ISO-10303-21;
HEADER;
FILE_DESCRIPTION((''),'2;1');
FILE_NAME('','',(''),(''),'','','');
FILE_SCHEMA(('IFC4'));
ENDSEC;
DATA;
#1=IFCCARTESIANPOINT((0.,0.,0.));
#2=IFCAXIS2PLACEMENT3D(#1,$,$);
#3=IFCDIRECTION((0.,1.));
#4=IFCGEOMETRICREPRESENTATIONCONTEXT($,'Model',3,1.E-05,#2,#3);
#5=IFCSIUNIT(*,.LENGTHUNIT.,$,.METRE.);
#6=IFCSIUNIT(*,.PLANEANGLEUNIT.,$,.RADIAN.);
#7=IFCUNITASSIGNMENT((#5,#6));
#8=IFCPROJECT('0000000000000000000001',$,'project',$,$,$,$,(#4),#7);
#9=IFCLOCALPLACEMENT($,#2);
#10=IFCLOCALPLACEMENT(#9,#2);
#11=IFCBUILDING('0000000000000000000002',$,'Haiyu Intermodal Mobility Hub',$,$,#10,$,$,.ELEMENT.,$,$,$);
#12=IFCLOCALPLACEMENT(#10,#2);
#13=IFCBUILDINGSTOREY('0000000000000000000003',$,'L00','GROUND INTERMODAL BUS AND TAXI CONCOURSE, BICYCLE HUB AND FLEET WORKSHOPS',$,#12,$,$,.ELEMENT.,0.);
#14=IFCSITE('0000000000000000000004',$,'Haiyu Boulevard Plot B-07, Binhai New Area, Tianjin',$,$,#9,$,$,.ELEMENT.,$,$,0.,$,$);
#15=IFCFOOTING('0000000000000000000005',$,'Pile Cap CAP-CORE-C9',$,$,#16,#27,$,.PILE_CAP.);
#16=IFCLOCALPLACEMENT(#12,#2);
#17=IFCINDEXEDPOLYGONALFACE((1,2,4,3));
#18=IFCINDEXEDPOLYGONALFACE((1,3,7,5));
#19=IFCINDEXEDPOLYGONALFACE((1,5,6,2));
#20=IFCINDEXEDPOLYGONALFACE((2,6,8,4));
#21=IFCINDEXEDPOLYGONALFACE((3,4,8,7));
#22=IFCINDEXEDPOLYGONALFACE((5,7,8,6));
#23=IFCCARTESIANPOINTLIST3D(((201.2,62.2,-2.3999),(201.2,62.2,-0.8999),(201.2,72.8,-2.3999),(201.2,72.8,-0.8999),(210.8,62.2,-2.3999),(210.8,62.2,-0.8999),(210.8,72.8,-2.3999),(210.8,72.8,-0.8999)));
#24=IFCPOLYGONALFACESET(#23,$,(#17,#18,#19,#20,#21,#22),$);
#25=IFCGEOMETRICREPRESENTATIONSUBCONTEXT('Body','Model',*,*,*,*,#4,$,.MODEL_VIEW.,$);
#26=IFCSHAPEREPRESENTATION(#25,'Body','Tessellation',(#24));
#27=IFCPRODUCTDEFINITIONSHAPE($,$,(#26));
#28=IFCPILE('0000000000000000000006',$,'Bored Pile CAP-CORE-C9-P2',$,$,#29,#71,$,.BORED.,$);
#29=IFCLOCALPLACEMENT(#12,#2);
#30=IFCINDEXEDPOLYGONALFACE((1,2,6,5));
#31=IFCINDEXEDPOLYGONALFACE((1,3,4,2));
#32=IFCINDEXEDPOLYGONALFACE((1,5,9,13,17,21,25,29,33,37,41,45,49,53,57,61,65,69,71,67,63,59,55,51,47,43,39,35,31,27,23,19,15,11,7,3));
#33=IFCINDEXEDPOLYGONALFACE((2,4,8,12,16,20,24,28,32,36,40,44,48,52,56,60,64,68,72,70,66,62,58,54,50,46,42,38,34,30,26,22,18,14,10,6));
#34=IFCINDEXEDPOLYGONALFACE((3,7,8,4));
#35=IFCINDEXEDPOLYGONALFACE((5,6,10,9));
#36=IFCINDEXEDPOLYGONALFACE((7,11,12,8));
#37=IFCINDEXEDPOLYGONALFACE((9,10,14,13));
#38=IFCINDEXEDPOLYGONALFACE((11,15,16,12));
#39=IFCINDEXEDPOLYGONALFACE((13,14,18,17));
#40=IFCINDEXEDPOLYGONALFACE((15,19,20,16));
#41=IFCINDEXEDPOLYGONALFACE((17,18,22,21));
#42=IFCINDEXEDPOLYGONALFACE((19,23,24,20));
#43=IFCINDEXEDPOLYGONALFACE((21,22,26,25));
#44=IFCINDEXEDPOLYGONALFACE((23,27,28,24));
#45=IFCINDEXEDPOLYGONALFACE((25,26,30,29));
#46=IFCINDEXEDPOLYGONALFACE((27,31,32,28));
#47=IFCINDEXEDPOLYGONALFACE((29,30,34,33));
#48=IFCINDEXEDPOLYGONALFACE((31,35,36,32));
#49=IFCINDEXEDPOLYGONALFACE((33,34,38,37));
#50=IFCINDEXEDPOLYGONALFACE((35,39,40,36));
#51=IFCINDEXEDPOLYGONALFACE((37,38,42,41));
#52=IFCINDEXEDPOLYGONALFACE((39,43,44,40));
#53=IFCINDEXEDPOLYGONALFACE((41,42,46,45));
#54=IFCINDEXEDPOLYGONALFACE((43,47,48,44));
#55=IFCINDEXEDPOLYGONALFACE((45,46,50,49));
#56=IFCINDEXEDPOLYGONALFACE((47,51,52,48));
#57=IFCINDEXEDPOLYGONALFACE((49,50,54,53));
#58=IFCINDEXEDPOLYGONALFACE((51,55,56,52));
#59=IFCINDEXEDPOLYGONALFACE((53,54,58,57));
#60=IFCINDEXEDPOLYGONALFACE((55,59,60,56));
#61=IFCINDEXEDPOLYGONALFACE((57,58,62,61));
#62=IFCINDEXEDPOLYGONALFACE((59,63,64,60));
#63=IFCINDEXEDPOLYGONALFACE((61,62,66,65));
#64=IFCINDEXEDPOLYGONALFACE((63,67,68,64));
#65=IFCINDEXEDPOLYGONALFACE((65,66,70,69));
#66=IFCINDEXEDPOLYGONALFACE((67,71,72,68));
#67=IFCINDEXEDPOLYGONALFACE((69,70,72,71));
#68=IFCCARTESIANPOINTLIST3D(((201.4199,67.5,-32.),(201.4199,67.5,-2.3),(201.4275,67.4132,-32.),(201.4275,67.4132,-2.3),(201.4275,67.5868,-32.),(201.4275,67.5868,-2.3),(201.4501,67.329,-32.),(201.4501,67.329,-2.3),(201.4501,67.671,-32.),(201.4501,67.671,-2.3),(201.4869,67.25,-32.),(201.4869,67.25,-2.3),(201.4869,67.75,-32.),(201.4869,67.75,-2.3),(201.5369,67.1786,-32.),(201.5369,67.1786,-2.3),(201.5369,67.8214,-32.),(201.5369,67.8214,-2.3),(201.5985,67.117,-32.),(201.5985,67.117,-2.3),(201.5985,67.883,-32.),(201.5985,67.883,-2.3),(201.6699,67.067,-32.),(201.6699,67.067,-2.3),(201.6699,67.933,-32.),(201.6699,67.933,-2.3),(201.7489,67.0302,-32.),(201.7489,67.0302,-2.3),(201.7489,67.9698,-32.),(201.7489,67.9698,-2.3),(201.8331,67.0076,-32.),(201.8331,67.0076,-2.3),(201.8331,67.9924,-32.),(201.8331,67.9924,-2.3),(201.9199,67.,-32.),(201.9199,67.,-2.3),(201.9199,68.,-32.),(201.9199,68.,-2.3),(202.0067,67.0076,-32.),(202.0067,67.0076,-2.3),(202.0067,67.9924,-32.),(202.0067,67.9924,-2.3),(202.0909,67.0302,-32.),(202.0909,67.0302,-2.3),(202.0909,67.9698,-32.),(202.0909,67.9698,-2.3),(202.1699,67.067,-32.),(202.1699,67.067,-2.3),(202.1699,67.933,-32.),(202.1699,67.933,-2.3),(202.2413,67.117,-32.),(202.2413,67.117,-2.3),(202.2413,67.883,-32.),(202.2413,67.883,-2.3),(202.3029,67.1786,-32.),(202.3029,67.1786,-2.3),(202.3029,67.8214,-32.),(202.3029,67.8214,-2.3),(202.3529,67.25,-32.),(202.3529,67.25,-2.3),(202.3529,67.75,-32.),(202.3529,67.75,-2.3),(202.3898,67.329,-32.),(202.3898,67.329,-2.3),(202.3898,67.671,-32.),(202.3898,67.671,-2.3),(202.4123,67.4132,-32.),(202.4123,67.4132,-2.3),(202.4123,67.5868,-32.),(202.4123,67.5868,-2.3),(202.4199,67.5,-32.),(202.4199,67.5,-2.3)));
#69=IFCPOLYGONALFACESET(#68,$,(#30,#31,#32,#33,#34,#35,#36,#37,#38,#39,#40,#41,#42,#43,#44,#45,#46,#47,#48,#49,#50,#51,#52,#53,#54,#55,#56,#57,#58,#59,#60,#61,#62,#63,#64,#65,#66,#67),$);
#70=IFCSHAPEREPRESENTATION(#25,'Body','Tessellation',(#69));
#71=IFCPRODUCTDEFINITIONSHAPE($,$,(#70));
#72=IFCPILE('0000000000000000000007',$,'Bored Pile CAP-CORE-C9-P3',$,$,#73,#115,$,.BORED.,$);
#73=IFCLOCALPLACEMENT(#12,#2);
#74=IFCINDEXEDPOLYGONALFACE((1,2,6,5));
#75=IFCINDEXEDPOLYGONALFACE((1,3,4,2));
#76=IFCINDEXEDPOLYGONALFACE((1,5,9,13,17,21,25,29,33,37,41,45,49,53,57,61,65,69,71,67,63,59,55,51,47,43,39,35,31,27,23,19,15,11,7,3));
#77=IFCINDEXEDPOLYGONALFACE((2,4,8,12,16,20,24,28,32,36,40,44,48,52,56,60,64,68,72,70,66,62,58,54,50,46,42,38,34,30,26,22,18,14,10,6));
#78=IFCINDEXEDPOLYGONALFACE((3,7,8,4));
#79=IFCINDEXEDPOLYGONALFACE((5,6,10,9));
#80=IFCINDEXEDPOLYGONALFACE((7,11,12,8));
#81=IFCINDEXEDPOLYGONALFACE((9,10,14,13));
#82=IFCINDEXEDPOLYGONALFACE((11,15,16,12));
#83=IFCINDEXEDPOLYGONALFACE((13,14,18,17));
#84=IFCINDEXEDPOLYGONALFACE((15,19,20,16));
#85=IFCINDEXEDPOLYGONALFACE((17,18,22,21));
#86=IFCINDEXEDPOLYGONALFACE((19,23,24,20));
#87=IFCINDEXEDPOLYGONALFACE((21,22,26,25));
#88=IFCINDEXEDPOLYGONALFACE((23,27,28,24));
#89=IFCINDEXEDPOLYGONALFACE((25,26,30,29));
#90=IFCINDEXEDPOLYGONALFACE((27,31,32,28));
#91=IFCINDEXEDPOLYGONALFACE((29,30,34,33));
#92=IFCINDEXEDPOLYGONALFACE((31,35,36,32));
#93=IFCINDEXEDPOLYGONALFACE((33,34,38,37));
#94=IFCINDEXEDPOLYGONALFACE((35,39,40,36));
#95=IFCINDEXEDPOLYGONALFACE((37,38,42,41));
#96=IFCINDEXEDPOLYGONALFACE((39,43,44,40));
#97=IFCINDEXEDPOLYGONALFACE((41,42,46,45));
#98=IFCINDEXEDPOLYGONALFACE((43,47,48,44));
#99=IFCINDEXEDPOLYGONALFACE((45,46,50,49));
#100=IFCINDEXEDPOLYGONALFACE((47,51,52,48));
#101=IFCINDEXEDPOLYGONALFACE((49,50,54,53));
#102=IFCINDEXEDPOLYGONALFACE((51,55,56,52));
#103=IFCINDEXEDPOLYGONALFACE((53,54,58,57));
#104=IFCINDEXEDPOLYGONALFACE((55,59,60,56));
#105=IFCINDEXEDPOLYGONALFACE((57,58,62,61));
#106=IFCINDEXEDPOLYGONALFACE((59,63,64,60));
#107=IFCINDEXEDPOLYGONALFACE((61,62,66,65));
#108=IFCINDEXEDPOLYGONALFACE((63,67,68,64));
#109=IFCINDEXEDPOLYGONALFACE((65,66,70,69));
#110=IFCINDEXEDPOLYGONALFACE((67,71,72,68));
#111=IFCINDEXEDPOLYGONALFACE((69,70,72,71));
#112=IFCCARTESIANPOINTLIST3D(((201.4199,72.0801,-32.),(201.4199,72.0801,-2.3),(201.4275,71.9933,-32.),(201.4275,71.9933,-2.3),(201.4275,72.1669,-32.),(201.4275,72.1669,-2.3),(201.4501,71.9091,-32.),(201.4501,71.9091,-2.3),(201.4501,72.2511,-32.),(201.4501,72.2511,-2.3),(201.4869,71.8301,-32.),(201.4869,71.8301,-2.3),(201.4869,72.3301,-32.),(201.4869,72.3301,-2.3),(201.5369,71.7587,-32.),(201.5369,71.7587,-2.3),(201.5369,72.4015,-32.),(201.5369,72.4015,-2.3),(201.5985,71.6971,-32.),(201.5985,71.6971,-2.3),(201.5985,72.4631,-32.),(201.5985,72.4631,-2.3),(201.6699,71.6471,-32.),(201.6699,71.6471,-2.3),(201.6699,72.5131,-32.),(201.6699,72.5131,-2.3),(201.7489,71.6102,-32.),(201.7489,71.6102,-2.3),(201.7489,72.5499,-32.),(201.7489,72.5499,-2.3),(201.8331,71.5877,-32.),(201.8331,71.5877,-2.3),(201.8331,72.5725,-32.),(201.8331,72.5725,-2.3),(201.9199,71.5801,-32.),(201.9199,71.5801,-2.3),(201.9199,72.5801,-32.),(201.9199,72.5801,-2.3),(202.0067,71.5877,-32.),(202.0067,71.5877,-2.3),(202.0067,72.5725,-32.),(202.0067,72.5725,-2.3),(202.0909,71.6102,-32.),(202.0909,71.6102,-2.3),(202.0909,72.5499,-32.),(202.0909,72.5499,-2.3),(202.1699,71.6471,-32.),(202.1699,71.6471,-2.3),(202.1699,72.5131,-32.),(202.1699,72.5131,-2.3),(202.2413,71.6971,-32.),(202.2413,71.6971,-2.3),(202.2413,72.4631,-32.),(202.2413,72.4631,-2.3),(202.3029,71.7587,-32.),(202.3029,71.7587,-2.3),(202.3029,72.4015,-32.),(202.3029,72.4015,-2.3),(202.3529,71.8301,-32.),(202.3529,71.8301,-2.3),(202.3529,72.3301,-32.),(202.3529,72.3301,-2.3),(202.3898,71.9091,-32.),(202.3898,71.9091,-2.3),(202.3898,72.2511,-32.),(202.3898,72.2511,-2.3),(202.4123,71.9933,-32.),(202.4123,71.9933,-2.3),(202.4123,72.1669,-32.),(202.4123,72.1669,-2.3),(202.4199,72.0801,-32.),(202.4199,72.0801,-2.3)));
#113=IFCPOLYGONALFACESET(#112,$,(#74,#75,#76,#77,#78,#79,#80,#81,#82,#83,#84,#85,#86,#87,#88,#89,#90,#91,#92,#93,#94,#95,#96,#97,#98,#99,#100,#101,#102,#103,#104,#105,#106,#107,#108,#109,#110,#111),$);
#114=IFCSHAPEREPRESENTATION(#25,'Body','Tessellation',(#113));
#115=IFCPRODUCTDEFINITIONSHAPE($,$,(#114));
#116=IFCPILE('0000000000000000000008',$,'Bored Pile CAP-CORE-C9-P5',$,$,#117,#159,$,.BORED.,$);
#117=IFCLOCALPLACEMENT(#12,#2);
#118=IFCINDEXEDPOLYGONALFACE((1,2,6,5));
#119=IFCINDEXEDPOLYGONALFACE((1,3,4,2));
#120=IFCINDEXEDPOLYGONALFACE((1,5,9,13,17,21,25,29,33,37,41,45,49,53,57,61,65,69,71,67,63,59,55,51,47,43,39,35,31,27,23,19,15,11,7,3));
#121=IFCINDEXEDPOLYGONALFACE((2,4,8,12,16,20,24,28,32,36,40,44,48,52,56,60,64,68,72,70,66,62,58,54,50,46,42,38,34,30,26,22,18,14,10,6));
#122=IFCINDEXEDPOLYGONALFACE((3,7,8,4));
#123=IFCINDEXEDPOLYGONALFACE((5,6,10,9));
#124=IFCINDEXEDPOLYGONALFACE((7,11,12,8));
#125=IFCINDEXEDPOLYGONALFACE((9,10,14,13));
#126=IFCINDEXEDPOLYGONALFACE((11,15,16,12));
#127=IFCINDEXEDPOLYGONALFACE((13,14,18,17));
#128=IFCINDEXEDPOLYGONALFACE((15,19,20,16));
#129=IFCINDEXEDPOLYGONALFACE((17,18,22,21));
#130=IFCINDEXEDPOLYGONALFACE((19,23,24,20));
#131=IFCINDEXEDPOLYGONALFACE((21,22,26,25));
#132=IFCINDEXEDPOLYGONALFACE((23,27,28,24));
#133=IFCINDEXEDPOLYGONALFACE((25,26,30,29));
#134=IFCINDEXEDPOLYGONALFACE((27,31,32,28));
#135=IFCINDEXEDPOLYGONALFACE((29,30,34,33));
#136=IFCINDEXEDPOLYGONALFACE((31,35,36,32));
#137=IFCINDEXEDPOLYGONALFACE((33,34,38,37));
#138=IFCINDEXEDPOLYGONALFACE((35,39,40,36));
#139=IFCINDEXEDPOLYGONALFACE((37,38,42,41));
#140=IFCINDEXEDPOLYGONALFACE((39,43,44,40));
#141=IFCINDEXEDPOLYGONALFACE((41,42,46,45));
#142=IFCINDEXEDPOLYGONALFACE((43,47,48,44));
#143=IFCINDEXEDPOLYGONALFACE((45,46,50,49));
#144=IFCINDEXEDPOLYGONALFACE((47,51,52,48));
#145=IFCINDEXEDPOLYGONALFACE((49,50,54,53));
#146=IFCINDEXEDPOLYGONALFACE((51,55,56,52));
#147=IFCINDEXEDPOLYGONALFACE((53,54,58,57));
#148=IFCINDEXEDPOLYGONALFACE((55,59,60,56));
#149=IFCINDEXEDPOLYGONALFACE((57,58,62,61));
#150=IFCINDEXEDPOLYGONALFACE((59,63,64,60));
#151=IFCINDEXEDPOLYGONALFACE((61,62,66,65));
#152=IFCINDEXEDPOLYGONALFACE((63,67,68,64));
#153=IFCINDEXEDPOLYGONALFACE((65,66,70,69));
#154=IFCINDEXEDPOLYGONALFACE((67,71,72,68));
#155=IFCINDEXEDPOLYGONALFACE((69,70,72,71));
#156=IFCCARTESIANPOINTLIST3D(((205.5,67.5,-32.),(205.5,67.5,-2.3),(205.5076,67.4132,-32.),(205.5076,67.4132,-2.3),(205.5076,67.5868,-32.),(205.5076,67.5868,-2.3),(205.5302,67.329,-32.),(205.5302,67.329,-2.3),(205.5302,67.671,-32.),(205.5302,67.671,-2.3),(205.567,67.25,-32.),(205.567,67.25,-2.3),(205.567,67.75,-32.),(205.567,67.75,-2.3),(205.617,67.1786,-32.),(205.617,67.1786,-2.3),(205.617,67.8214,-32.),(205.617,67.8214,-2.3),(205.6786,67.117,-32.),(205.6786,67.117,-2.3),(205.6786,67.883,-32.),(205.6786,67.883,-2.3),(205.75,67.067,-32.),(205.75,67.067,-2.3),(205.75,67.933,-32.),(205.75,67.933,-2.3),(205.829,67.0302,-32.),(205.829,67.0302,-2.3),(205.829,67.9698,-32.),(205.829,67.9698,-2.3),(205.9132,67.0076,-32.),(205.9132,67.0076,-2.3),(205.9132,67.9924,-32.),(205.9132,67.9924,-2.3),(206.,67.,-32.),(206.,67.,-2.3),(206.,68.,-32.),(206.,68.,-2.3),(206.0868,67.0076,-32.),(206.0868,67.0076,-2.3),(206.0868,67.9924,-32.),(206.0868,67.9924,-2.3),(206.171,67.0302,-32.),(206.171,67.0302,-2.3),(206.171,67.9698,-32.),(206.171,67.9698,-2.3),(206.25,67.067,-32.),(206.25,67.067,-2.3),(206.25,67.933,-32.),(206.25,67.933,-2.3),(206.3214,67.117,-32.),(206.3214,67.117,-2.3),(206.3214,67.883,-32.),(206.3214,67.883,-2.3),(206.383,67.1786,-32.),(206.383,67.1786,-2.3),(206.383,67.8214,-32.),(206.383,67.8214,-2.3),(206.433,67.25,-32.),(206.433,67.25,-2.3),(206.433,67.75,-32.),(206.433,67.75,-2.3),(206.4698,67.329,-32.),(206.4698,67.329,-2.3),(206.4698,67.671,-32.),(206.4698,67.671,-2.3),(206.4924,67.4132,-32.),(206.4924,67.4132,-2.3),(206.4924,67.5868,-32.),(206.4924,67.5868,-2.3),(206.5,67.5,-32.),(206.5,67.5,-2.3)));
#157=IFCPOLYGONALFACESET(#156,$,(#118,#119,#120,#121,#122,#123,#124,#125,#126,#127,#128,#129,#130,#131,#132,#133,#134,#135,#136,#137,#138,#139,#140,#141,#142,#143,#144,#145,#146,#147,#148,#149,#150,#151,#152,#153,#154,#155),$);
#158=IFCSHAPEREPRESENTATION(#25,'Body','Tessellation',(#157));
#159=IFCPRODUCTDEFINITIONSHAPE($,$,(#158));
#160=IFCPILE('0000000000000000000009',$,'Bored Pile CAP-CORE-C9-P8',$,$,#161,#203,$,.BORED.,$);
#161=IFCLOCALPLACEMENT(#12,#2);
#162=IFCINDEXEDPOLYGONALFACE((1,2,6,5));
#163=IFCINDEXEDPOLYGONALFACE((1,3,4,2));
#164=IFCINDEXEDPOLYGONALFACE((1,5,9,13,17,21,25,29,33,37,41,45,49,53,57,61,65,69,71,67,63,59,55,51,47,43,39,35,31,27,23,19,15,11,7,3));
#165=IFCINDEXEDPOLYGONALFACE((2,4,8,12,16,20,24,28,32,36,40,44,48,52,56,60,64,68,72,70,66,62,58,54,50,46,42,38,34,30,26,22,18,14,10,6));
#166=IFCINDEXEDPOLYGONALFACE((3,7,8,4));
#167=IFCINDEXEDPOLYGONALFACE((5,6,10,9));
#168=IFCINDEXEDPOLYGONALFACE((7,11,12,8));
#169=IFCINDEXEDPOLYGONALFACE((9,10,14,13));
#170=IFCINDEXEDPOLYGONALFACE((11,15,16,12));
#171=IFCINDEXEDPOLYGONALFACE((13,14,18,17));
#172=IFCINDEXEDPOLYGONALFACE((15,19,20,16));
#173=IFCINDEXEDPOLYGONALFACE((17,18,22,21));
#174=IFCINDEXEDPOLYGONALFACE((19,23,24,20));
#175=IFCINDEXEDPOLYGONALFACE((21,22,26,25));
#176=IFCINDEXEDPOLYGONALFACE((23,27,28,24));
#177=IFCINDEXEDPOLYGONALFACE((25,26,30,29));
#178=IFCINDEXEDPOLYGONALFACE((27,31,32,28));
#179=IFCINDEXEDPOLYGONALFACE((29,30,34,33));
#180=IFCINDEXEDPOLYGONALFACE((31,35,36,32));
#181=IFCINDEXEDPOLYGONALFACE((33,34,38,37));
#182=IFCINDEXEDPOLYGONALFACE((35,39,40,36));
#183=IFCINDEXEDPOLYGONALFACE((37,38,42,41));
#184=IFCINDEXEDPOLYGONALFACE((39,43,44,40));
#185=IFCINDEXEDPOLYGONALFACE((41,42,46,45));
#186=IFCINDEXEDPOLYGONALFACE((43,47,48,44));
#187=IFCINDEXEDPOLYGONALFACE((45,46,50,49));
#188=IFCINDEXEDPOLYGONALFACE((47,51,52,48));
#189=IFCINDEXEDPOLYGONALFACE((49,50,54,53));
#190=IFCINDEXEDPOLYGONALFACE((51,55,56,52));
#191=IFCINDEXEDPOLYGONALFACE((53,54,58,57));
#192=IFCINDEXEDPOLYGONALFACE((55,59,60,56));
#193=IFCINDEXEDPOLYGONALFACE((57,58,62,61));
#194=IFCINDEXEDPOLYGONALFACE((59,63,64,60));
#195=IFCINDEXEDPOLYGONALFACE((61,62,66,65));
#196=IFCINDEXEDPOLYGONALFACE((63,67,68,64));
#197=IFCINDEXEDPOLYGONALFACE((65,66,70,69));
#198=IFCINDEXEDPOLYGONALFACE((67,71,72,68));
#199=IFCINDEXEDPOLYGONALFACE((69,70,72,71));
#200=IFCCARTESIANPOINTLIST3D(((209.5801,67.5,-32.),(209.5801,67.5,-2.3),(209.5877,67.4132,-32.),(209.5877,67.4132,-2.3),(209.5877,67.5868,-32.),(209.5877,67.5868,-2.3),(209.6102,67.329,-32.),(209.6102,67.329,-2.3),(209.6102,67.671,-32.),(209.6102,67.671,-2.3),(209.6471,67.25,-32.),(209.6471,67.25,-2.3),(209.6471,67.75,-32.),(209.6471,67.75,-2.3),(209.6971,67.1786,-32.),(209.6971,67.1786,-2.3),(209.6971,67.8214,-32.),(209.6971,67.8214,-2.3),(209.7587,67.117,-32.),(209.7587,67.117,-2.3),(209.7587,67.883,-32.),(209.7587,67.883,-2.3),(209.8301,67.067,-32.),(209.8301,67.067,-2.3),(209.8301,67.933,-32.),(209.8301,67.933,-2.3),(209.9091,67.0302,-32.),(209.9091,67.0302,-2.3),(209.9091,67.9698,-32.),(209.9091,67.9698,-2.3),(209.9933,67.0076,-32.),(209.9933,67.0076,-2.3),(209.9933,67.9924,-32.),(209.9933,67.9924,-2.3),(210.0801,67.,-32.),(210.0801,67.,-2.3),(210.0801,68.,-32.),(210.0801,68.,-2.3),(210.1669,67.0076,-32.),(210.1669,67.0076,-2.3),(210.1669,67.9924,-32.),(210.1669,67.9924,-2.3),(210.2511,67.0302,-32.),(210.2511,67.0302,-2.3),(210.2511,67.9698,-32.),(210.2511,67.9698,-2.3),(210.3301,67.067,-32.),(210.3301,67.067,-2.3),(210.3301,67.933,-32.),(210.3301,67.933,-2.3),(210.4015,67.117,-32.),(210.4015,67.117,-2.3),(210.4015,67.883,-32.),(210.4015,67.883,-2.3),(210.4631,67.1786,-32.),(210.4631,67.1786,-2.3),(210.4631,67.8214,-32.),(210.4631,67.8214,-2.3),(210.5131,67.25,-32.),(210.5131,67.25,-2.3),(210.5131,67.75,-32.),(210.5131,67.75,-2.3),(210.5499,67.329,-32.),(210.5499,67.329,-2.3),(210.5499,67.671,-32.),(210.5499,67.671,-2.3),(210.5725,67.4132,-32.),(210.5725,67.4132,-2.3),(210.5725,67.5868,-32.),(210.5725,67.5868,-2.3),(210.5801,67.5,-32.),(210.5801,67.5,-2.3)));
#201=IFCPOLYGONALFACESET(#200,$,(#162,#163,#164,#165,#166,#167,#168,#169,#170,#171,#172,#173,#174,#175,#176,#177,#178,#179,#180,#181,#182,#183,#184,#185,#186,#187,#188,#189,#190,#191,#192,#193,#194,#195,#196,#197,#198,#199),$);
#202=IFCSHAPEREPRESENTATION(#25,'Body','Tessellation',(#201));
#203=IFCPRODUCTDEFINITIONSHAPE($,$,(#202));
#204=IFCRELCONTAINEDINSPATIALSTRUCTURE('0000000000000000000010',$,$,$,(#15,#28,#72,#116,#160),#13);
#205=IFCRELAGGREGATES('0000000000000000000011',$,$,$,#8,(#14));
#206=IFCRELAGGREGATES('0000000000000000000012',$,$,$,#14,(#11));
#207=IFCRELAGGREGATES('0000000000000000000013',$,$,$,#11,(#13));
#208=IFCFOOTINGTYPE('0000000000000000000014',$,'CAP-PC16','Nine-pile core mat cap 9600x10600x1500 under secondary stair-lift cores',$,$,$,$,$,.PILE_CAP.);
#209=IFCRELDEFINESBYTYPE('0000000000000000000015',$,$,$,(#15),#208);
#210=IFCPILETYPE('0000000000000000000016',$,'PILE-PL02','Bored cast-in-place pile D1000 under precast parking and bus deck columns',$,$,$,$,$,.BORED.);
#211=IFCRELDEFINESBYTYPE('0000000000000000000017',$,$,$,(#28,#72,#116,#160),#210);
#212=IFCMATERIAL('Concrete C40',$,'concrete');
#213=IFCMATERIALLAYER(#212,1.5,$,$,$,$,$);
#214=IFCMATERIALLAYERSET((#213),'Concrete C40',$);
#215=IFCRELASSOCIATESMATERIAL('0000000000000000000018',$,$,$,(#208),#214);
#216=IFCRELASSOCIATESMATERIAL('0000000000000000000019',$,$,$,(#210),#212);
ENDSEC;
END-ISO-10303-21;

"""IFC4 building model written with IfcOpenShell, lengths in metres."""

from ifc_helpers import new_model, si_unit, direction, frame, origin, origin_2d, place, context, subcontext, project, spatial, rectangle, circle, extrude, material, layer, layer_set, material_profile, profile_set, type_object, element, save


model = new_model("IFC4")

# Units and contexts
model_context = context("Model", 3, precision=1e-05, world=origin(), true_north=direction((0.0, 1.0)))
body_context = subcontext(model_context, "Body", "Model", "MODEL_VIEW")
ifc_project = project(units=[si_unit("LENGTHUNIT", "METRE"), si_unit("PLANEANGLEUNIT", "RADIAN")], contexts=[model_context])

# Site, building, storey
site_placement = place(None, origin())
site = spatial("IfcSite", under=ifc_project, at=site_placement, Name="Haiyu Boulevard Plot B-07, Binhai New Area, Tianjin", CompositionType="ELEMENT", RefElevation=0.0)
building_placement = place(site_placement, origin())
building = spatial("IfcBuilding", under=site, at=building_placement, Name="Haiyu Intermodal Mobility Hub", CompositionType="ELEMENT")
storey_placement = place(building_placement, origin())
storey = spatial("IfcBuildingStorey", under=building, at=storey_placement, Name="L00", Description="GROUND INTERMODAL BUS AND TAXI CONCOURSE, BICYCLE HUB AND FLEET WORKSHOPS", CompositionType="ELEMENT", Elevation=0.0)

# Footing
ifc_material_1 = material(Name="Concrete C40", Category="concrete")
ifc_layer_1 = layer(ifc_material_1, 1.5)
ifc_layer_set_1 = layer_set([ifc_layer_1], Name="Concrete C40")
footing_type = type_object("IfcFootingType", Name="CAP-PC16", Description="Nine-pile core mat cap 9600x10600x1500 under secondary stair-lift cores", PredefinedType="PILE_CAP", material=ifc_layer_set_1)
footing_placement = place(storey_placement, frame((206.0, 67.5, -2.3999), z_axis=(0.0, 0.0, 1.0), x_axis=(1.0, 0.0, 0.0)))
element("IfcFooting", 1, at=footing_placement, inside=storey, type_object=footing_type, Name="Pile Cap CAP-CORE-C9", PredefinedType="PILE_CAP", context=body_context, shape_type="SweptSolid", body=[
    extrude(rectangle(XDim=9.6001, YDim=10.6001, at=origin_2d()), origin(), (0.0, 0.0, 1.0), 1.5),
])

# Piles
ifc_material_profile_1 = material_profile(ifc_material_1, circle(Radius=0.5, at=origin_2d()), Name="PILE-D1000")
ifc_profile_set_1 = profile_set([ifc_material_profile_1], Name="Concrete C40")
pile_type = type_object("IfcPileType", Name="PILE-PL02", Description="Bored cast-in-place pile D1000 under precast parking and bus deck columns", PredefinedType="BORED", material=ifc_profile_set_1)
for number, where, z_axis, x_axis, name in (
    (2, (201.9199, 67.5, -2.3), (0.0, 0.0, -1.0), (1.0, 0.0, 0.0), "Bored Pile CAP-CORE-C9-P2"),
    (3, (201.9199, 72.0801, -2.3), (0.0, 0.0, -1.0), (1.0, 0.0, 0.0), "Bored Pile CAP-CORE-C9-P3"),
    (4, (206.0, 67.5, -2.3), (0.0, 0.0, -1.0), (1.0, 0.0, 0.0), "Bored Pile CAP-CORE-C9-P5"),
    (5, (210.0801, 67.5, -2.3), (0.0, 0.0, -1.0), (1.0, 0.0, 0.0), "Bored Pile CAP-CORE-C9-P8"),
):
    element("IfcPile", number, at=place(storey_placement, frame(where, z_axis=z_axis, x_axis=x_axis)), inside=storey, type_object=pile_type, Name=name, PredefinedType="BORED", context=body_context, shape_type="SweptSolid", body=[
        extrude(circle(Radius=0.5, at=origin_2d()), origin(), (0.0, 0.0, 1.0), 29.7),
    ])

save(model, "model.ifc")
